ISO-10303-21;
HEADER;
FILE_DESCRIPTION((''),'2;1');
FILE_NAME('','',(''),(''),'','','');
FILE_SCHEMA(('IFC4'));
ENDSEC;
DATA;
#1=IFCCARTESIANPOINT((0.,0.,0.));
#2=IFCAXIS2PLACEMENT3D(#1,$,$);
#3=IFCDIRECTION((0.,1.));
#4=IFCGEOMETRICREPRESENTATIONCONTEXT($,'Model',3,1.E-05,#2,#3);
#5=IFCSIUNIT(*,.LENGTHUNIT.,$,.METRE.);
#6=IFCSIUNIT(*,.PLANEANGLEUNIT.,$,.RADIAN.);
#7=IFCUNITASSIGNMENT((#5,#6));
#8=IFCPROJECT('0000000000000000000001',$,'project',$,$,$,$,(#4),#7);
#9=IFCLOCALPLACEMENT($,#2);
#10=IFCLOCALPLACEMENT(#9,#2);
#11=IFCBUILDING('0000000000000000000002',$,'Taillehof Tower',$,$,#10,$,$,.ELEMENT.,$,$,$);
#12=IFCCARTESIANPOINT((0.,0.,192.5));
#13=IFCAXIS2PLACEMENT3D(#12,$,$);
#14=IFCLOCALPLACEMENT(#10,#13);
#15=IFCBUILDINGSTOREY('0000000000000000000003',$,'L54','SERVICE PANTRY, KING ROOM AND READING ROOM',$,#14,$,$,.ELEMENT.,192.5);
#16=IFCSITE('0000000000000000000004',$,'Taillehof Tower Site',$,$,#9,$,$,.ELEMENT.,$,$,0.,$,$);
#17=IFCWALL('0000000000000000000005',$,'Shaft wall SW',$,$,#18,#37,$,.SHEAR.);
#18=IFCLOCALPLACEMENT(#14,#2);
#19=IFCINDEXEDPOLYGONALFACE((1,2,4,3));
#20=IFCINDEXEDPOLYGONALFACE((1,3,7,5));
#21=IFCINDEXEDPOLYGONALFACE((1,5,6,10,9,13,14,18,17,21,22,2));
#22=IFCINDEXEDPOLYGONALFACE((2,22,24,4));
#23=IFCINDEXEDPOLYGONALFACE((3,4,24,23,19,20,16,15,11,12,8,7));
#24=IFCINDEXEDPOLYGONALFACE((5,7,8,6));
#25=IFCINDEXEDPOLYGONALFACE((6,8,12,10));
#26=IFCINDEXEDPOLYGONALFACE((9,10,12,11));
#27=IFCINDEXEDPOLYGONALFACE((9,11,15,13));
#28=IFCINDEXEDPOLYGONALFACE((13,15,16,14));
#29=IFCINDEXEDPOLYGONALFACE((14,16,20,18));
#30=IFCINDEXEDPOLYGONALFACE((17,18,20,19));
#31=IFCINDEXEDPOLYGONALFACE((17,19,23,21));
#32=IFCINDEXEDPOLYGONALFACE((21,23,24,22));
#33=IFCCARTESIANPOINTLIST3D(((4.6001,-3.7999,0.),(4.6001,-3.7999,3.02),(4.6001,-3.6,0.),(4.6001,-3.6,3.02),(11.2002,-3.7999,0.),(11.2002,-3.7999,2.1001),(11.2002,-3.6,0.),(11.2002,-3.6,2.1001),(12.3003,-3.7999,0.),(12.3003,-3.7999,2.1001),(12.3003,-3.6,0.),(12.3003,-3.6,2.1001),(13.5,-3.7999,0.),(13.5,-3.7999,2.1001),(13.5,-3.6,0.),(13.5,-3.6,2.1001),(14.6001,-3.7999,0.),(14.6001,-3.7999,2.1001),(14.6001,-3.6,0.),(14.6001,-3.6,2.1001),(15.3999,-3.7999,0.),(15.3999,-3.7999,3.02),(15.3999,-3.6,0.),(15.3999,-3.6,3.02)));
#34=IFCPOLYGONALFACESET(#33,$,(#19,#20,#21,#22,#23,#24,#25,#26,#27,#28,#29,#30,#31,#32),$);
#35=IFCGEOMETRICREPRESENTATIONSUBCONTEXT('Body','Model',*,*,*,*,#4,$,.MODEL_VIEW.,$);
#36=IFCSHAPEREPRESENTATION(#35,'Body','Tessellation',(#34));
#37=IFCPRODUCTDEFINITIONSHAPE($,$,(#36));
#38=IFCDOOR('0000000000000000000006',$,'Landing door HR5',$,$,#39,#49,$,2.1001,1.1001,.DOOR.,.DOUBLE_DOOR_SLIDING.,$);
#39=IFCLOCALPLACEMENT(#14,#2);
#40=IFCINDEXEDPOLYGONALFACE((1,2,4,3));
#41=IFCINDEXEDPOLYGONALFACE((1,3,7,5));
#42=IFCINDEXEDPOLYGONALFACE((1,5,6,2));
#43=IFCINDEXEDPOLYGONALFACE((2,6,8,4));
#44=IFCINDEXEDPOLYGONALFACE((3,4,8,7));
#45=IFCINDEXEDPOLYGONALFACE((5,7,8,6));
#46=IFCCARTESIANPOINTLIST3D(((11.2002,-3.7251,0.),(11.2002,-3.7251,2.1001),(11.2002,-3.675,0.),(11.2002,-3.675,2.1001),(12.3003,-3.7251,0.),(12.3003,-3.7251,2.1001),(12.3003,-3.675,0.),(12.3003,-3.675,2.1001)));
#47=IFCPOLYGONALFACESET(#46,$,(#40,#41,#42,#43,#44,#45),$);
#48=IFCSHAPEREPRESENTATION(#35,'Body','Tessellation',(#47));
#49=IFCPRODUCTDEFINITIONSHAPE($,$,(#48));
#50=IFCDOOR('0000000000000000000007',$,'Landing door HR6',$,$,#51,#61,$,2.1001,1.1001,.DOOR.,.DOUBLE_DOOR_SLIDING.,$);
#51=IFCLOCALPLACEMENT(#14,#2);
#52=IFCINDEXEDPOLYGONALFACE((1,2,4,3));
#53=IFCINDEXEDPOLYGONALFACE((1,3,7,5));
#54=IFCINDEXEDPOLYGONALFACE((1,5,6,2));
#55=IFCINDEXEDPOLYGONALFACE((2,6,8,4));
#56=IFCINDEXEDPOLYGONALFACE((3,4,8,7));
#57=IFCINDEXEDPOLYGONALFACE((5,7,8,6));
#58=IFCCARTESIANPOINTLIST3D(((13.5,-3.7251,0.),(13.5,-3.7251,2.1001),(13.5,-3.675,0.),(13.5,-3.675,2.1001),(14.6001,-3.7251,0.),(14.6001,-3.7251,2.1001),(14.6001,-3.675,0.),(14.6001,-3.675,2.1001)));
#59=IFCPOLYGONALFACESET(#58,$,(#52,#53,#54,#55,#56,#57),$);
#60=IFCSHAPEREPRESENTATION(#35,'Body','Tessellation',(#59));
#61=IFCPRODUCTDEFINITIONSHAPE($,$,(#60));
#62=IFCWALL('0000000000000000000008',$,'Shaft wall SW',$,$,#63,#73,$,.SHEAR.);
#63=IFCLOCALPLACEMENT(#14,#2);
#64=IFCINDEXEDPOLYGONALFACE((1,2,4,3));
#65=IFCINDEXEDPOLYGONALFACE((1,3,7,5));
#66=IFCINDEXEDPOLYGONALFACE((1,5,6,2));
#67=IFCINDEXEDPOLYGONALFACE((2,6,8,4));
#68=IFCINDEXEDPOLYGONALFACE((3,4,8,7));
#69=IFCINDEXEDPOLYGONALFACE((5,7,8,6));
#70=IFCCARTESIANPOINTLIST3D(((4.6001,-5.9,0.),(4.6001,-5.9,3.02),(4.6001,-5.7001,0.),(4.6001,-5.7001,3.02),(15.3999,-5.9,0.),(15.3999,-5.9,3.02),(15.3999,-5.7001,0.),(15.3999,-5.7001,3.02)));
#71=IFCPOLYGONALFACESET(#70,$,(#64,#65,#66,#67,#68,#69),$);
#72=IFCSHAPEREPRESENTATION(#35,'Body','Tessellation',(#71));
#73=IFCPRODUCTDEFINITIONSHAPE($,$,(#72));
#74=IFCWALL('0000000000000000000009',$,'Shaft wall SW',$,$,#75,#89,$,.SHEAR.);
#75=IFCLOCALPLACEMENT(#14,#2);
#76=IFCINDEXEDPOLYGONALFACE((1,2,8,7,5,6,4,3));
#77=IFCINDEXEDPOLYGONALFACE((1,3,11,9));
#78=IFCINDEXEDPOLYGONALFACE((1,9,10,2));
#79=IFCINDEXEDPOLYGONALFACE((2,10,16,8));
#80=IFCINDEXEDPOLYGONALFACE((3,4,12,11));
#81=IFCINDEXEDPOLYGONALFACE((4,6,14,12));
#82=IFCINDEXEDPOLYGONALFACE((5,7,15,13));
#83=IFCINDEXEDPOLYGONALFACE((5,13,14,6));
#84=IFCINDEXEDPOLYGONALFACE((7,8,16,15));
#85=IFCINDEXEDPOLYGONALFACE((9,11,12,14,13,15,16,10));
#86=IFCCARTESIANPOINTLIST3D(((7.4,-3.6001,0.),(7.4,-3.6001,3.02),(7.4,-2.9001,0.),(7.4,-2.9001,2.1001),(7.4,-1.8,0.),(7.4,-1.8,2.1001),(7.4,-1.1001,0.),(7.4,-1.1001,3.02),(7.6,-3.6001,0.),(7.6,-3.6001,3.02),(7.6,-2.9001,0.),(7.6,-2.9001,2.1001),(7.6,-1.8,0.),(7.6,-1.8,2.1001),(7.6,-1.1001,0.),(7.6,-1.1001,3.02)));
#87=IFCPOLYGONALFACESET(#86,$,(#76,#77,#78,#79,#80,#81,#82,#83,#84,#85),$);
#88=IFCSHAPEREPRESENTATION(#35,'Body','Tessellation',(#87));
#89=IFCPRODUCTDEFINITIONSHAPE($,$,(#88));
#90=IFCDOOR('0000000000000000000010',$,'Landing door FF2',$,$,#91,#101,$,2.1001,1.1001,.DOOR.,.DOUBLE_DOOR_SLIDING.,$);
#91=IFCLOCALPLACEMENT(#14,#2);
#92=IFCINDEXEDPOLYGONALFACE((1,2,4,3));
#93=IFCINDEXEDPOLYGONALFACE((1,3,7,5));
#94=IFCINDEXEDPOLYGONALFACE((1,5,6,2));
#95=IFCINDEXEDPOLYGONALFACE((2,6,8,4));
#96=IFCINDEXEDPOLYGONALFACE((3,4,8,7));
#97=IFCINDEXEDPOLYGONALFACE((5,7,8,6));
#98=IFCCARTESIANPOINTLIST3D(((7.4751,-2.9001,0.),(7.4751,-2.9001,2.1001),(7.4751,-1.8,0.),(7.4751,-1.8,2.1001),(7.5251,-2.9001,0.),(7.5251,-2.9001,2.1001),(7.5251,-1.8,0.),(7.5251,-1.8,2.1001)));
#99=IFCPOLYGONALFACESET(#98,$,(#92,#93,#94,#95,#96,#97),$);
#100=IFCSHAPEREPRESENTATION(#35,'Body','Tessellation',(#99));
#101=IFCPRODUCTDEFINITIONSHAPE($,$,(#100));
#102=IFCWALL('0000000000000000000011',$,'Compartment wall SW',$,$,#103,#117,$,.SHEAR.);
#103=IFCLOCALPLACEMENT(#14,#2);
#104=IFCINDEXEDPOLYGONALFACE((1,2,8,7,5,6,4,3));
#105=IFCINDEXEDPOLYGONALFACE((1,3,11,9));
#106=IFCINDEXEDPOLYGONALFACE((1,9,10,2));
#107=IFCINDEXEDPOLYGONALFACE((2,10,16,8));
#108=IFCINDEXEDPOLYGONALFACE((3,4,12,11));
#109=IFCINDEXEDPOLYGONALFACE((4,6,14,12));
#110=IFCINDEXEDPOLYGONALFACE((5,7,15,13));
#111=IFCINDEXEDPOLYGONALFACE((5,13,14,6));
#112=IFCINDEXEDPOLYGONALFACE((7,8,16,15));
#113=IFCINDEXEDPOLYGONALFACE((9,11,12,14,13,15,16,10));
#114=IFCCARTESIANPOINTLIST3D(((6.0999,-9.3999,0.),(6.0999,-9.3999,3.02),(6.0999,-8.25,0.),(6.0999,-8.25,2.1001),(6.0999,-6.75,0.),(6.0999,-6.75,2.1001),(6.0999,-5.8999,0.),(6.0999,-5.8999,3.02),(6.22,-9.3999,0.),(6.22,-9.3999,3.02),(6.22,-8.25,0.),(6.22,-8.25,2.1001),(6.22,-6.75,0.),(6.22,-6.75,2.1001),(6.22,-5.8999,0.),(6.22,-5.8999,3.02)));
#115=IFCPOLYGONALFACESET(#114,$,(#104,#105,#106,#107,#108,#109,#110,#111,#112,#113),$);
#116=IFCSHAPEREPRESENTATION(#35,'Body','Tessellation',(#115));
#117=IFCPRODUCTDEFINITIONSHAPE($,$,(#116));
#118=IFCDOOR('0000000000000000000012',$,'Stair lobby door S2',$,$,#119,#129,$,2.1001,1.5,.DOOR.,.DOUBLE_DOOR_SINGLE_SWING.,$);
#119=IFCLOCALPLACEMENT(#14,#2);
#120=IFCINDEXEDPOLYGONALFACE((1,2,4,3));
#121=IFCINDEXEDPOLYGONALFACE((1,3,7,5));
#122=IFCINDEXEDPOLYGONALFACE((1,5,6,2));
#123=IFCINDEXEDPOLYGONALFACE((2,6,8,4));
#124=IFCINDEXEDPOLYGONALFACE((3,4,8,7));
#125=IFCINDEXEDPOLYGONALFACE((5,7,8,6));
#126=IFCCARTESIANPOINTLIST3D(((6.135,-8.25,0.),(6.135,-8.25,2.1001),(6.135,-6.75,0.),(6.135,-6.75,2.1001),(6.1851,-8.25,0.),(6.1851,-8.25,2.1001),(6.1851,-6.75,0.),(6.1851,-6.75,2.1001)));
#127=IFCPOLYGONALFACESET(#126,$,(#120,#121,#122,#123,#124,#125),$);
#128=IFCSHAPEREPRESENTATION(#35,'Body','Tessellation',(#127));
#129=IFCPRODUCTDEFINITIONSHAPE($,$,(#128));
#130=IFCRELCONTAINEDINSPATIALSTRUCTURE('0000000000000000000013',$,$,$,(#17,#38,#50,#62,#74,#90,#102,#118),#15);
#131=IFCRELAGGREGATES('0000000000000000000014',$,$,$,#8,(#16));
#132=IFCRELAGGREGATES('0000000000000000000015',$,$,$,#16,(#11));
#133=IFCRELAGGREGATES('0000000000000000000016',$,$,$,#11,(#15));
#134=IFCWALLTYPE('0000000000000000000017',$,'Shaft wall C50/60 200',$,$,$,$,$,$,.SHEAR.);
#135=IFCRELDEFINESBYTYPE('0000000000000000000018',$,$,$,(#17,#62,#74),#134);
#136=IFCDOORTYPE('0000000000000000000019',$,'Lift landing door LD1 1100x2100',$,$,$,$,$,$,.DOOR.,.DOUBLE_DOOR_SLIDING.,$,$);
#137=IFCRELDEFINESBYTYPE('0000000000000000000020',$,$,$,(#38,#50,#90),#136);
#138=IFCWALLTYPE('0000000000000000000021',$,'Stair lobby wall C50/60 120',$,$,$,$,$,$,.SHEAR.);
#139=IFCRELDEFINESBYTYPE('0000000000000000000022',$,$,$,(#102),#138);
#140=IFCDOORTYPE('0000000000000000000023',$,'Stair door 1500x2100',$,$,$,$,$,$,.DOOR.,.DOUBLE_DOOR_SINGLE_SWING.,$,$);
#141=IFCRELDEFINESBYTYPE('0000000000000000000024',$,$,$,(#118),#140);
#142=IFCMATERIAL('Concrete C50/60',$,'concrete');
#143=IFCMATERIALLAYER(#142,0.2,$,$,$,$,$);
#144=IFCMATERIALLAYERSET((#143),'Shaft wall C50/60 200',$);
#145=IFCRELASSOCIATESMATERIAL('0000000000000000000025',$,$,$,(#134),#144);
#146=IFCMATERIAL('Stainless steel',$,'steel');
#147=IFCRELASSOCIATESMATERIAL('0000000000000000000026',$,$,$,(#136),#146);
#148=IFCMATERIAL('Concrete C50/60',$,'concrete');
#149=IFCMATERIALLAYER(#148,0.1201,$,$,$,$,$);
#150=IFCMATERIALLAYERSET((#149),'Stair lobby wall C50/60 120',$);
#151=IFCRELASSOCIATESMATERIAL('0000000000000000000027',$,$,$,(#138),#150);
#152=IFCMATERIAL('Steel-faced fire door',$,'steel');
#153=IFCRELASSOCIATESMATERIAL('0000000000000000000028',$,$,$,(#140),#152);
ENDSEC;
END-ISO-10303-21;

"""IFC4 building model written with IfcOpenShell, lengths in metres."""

from ifc_helpers import new_model, si_unit, direction, frame, frame_2d, origin, place, context, subcontext, project, spatial, rectangle, extrude, material, layer, layer_set, type_object, element, fill, save


model = new_model("IFC4")

# Units and contexts
model_context = context("Model", 3, precision=1e-05, world=origin(), true_north=direction((0.0, 1.0)))
body_context = subcontext(model_context, "Body", "Model", "MODEL_VIEW")
ifc_project = project(units=[si_unit("LENGTHUNIT", "METRE"), si_unit("PLANEANGLEUNIT", "RADIAN")], contexts=[model_context])

# Site, building, storey
site_placement = place(None, origin())
site = spatial("IfcSite", under=ifc_project, at=site_placement, Name="Taillehof Tower Site", CompositionType="ELEMENT", RefElevation=0.0)
building_placement = place(site_placement, origin())
building = spatial("IfcBuilding", under=site, at=building_placement, Name="Taillehof Tower", CompositionType="ELEMENT")
storey_placement = place(building_placement, frame((0.0, 0.0, 192.5)))
storey = spatial("IfcBuildingStorey", under=building, at=storey_placement, Name="L54", Description="SERVICE PANTRY, KING ROOM AND READING ROOM", CompositionType="ELEMENT", Elevation=192.5)

# Shared definitions
ifc_material_1 = material(Name="Concrete C50/60", Category="concrete")
ifc_layer_1 = layer(ifc_material_1, 0.2)
ifc_layer_set_1 = layer_set([ifc_layer_1], Name="Shaft wall C50/60 200")
wall_type_1 = type_object("IfcWallType", Name="Shaft wall C50/60 200", PredefinedType="SHEAR", material=ifc_layer_set_1)

# Wall, openings, doors
wall_1_placement = place(storey_placement, frame((4.6001, -3.7, 0.0), z_axis=(0.0, 0.0, 1.0), x_axis=(1.0, 0.0, 0.0)))
wall_1 = element("IfcWall", 1, at=wall_1_placement, inside=storey, type_object=wall_type_1, Name="Shaft wall SW", PredefinedType="SHEAR", context=body_context, shape_type="SweptSolid", body=[
    extrude(rectangle(XDim=10.7998, YDim=0.2, at=frame_2d((5.3999, 0.0))), origin(), (0.0, 0.0, 1.0), 3.02),
])
opening_1_placement = place(wall_1_placement, frame((6.6001, 0.0, 0.0)))
opening_1 = element("IfcOpeningElement", 2, at=opening_1_placement, cuts=wall_1, PredefinedType="OPENING", context=body_context, shape_type="SweptSolid", body=[
    extrude(rectangle(XDim=1.1001, YDim=2.1001, at=frame_2d((0.55, 1.05))), frame((0.0, 0.1099, 0.0), z_axis=(0.0, -1.0, 0.0), x_axis=(1.0, 0.0, 0.0)), (0.0, 0.0, 1.0), 0.22),
])
opening_2_placement = place(wall_1_placement, frame((8.8999, 0.0, 0.0)))
opening_2 = element("IfcOpeningElement", 3, at=opening_2_placement, cuts=wall_1, PredefinedType="OPENING", context=body_context, shape_type="SweptSolid", body=[
    extrude(rectangle(XDim=1.1001, YDim=2.1001, at=frame_2d((0.55, 1.05))), frame((0.0, 0.1099, 0.0), z_axis=(0.0, -1.0, 0.0), x_axis=(1.0, 0.0, 0.0)), (0.0, 0.0, 1.0), 0.22),
])
ifc_material_2 = material(Name="Stainless steel", Category="steel")
door_type_1 = type_object("IfcDoorType", Name="Lift landing door LD1 1100x2100", OperationType="DOUBLE_DOOR_SLIDING", PredefinedType="DOOR", material=ifc_material_2)
door_1_placement = place(opening_1_placement, origin())
door_1 = element("IfcDoor", 4, at=door_1_placement, inside=storey, type_object=door_type_1, Name="Landing door HR5", OperationType="DOUBLE_DOOR_SLIDING", OverallHeight=2.1001, OverallWidth=1.1001, PredefinedType="DOOR", context=body_context, shape_type="SweptSolid", body=[
    extrude(rectangle(XDim=1.1001, YDim=2.1001, at=frame_2d((0.55, 1.05))), frame((0.0, 0.0249, 0.0), z_axis=(0.0, -1.0, 0.0), x_axis=(1.0, 0.0, 0.0)), (0.0, 0.0, 1.0), 0.05),
])
fill(opening_1, door_1)
door_2_placement = place(opening_2_placement, origin())
door_2 = element("IfcDoor", 5, at=door_2_placement, inside=storey, type_object=door_type_1, Name="Landing door HR6", OperationType="DOUBLE_DOOR_SLIDING", OverallHeight=2.1001, OverallWidth=1.1001, PredefinedType="DOOR", context=body_context, shape_type="SweptSolid", body=[
    extrude(rectangle(XDim=1.1001, YDim=2.1001, at=frame_2d((0.55, 1.05))), frame((0.0, 0.0249, 0.0), z_axis=(0.0, -1.0, 0.0), x_axis=(1.0, 0.0, 0.0)), (0.0, 0.0, 1.0), 0.05),
])
fill(opening_2, door_2)

# Wall
wall_2_placement = place(storey_placement, frame((4.6001, -5.8, 0.0), z_axis=(0.0, 0.0, 1.0), x_axis=(1.0, 0.0, 0.0)))
element("IfcWall", 6, at=wall_2_placement, inside=storey, type_object=wall_type_1, Name="Shaft wall SW", PredefinedType="SHEAR", context=body_context, shape_type="SweptSolid", body=[
    extrude(rectangle(XDim=10.7998, YDim=0.2, at=frame_2d((5.3999, 0.0))), origin(), (0.0, 0.0, 1.0), 3.02),
])

# Walls, openings, doors
wall_3_placement = place(storey_placement, frame((7.5, -3.6001, 0.0), z_axis=(0.0, 0.0, 1.0), x_axis=(0.0, 1.0, 0.0)))
wall_3 = element("IfcWall", 7, at=wall_3_placement, inside=storey, type_object=wall_type_1, Name="Shaft wall SW", PredefinedType="SHEAR", context=body_context, shape_type="SweptSolid", body=[
    extrude(rectangle(XDim=2.5, YDim=0.2, at=frame_2d((1.25, 0.0))), origin(), (0.0, 0.0, 1.0), 3.02),
])
opening_3_placement = place(wall_3_placement, frame((0.7, 0.0, 0.0)))
opening_3 = element("IfcOpeningElement", 8, at=opening_3_placement, cuts=wall_3, PredefinedType="OPENING", context=body_context, shape_type="SweptSolid", body=[
    extrude(rectangle(XDim=1.1001, YDim=2.1001, at=frame_2d((0.55, 1.05))), frame((0.0, 0.1099, 0.0), z_axis=(0.0, -1.0, 0.0), x_axis=(1.0, 0.0, 0.0)), (0.0, 0.0, 1.0), 0.22),
])
door_3_placement = place(opening_3_placement, origin())
door_3 = element("IfcDoor", 9, at=door_3_placement, inside=storey, type_object=door_type_1, Name="Landing door FF2", OperationType="DOUBLE_DOOR_SLIDING", OverallHeight=2.1001, OverallWidth=1.1001, PredefinedType="DOOR", context=body_context, shape_type="SweptSolid", body=[
    extrude(rectangle(XDim=1.1001, YDim=2.1001, at=frame_2d((0.55, 1.05))), frame((0.0, 0.0249, 0.0), z_axis=(0.0, -1.0, 0.0), x_axis=(1.0, 0.0, 0.0)), (0.0, 0.0, 1.0), 0.05),
])
fill(opening_3, door_3)
ifc_material_3 = material(Name="Concrete C50/60", Category="concrete")
ifc_layer_2 = layer(ifc_material_3, 0.1201)
ifc_layer_set_2 = layer_set([ifc_layer_2], Name="Stair lobby wall C50/60 120")
wall_type_2 = type_object("IfcWallType", Name="Stair lobby wall C50/60 120", PredefinedType="SHEAR", material=ifc_layer_set_2)
wall_4_placement = place(storey_placement, frame((6.1599, -9.3999, 0.0), z_axis=(0.0, 0.0, 1.0), x_axis=(0.0, 1.0, 0.0)))
wall_4 = element("IfcWall", 10, at=wall_4_placement, inside=storey, type_object=wall_type_2, Name="Compartment wall SW", PredefinedType="SHEAR", context=body_context, shape_type="SweptSolid", body=[
    extrude(rectangle(XDim=3.5, YDim=0.1201, at=frame_2d((1.75, 0.0))), origin(), (0.0, 0.0, 1.0), 3.02),
])
opening_4_placement = place(wall_4_placement, frame((1.1499, 0.0, 0.0)))
opening_4 = element("IfcOpeningElement", 11, at=opening_4_placement, cuts=wall_4, PredefinedType="OPENING", context=body_context, shape_type="SweptSolid", body=[
    extrude(rectangle(XDim=1.5, YDim=2.1001, at=frame_2d((0.75, 1.05))), frame((0.0, 0.0701, 0.0), z_axis=(0.0, -1.0, 0.0), x_axis=(1.0, 0.0, 0.0)), (0.0, 0.0, 1.0), 0.1401),
])
ifc_material_4 = material(Name="Steel-faced fire door", Category="steel")
door_type_2 = type_object("IfcDoorType", Name="Stair door 1500x2100", OperationType="DOUBLE_DOOR_SINGLE_SWING", PredefinedType="DOOR", material=ifc_material_4)
door_4_placement = place(opening_4_placement, origin())
door_4 = element("IfcDoor", 12, at=door_4_placement, inside=storey, type_object=door_type_2, Name="Stair lobby door S2", OperationType="DOUBLE_DOOR_SINGLE_SWING", OverallHeight=2.1001, OverallWidth=1.5, PredefinedType="DOOR", context=body_context, shape_type="SweptSolid", body=[
    extrude(rectangle(XDim=1.5, YDim=2.1001, at=frame_2d((0.75, 1.05))), frame((0.0, 0.0249, 0.0), z_axis=(0.0, -1.0, 0.0), x_axis=(1.0, 0.0, 0.0)), (0.0, 0.0, 1.0), 0.05),
])
fill(opening_4, door_4)

save(model, "model.ifc")
